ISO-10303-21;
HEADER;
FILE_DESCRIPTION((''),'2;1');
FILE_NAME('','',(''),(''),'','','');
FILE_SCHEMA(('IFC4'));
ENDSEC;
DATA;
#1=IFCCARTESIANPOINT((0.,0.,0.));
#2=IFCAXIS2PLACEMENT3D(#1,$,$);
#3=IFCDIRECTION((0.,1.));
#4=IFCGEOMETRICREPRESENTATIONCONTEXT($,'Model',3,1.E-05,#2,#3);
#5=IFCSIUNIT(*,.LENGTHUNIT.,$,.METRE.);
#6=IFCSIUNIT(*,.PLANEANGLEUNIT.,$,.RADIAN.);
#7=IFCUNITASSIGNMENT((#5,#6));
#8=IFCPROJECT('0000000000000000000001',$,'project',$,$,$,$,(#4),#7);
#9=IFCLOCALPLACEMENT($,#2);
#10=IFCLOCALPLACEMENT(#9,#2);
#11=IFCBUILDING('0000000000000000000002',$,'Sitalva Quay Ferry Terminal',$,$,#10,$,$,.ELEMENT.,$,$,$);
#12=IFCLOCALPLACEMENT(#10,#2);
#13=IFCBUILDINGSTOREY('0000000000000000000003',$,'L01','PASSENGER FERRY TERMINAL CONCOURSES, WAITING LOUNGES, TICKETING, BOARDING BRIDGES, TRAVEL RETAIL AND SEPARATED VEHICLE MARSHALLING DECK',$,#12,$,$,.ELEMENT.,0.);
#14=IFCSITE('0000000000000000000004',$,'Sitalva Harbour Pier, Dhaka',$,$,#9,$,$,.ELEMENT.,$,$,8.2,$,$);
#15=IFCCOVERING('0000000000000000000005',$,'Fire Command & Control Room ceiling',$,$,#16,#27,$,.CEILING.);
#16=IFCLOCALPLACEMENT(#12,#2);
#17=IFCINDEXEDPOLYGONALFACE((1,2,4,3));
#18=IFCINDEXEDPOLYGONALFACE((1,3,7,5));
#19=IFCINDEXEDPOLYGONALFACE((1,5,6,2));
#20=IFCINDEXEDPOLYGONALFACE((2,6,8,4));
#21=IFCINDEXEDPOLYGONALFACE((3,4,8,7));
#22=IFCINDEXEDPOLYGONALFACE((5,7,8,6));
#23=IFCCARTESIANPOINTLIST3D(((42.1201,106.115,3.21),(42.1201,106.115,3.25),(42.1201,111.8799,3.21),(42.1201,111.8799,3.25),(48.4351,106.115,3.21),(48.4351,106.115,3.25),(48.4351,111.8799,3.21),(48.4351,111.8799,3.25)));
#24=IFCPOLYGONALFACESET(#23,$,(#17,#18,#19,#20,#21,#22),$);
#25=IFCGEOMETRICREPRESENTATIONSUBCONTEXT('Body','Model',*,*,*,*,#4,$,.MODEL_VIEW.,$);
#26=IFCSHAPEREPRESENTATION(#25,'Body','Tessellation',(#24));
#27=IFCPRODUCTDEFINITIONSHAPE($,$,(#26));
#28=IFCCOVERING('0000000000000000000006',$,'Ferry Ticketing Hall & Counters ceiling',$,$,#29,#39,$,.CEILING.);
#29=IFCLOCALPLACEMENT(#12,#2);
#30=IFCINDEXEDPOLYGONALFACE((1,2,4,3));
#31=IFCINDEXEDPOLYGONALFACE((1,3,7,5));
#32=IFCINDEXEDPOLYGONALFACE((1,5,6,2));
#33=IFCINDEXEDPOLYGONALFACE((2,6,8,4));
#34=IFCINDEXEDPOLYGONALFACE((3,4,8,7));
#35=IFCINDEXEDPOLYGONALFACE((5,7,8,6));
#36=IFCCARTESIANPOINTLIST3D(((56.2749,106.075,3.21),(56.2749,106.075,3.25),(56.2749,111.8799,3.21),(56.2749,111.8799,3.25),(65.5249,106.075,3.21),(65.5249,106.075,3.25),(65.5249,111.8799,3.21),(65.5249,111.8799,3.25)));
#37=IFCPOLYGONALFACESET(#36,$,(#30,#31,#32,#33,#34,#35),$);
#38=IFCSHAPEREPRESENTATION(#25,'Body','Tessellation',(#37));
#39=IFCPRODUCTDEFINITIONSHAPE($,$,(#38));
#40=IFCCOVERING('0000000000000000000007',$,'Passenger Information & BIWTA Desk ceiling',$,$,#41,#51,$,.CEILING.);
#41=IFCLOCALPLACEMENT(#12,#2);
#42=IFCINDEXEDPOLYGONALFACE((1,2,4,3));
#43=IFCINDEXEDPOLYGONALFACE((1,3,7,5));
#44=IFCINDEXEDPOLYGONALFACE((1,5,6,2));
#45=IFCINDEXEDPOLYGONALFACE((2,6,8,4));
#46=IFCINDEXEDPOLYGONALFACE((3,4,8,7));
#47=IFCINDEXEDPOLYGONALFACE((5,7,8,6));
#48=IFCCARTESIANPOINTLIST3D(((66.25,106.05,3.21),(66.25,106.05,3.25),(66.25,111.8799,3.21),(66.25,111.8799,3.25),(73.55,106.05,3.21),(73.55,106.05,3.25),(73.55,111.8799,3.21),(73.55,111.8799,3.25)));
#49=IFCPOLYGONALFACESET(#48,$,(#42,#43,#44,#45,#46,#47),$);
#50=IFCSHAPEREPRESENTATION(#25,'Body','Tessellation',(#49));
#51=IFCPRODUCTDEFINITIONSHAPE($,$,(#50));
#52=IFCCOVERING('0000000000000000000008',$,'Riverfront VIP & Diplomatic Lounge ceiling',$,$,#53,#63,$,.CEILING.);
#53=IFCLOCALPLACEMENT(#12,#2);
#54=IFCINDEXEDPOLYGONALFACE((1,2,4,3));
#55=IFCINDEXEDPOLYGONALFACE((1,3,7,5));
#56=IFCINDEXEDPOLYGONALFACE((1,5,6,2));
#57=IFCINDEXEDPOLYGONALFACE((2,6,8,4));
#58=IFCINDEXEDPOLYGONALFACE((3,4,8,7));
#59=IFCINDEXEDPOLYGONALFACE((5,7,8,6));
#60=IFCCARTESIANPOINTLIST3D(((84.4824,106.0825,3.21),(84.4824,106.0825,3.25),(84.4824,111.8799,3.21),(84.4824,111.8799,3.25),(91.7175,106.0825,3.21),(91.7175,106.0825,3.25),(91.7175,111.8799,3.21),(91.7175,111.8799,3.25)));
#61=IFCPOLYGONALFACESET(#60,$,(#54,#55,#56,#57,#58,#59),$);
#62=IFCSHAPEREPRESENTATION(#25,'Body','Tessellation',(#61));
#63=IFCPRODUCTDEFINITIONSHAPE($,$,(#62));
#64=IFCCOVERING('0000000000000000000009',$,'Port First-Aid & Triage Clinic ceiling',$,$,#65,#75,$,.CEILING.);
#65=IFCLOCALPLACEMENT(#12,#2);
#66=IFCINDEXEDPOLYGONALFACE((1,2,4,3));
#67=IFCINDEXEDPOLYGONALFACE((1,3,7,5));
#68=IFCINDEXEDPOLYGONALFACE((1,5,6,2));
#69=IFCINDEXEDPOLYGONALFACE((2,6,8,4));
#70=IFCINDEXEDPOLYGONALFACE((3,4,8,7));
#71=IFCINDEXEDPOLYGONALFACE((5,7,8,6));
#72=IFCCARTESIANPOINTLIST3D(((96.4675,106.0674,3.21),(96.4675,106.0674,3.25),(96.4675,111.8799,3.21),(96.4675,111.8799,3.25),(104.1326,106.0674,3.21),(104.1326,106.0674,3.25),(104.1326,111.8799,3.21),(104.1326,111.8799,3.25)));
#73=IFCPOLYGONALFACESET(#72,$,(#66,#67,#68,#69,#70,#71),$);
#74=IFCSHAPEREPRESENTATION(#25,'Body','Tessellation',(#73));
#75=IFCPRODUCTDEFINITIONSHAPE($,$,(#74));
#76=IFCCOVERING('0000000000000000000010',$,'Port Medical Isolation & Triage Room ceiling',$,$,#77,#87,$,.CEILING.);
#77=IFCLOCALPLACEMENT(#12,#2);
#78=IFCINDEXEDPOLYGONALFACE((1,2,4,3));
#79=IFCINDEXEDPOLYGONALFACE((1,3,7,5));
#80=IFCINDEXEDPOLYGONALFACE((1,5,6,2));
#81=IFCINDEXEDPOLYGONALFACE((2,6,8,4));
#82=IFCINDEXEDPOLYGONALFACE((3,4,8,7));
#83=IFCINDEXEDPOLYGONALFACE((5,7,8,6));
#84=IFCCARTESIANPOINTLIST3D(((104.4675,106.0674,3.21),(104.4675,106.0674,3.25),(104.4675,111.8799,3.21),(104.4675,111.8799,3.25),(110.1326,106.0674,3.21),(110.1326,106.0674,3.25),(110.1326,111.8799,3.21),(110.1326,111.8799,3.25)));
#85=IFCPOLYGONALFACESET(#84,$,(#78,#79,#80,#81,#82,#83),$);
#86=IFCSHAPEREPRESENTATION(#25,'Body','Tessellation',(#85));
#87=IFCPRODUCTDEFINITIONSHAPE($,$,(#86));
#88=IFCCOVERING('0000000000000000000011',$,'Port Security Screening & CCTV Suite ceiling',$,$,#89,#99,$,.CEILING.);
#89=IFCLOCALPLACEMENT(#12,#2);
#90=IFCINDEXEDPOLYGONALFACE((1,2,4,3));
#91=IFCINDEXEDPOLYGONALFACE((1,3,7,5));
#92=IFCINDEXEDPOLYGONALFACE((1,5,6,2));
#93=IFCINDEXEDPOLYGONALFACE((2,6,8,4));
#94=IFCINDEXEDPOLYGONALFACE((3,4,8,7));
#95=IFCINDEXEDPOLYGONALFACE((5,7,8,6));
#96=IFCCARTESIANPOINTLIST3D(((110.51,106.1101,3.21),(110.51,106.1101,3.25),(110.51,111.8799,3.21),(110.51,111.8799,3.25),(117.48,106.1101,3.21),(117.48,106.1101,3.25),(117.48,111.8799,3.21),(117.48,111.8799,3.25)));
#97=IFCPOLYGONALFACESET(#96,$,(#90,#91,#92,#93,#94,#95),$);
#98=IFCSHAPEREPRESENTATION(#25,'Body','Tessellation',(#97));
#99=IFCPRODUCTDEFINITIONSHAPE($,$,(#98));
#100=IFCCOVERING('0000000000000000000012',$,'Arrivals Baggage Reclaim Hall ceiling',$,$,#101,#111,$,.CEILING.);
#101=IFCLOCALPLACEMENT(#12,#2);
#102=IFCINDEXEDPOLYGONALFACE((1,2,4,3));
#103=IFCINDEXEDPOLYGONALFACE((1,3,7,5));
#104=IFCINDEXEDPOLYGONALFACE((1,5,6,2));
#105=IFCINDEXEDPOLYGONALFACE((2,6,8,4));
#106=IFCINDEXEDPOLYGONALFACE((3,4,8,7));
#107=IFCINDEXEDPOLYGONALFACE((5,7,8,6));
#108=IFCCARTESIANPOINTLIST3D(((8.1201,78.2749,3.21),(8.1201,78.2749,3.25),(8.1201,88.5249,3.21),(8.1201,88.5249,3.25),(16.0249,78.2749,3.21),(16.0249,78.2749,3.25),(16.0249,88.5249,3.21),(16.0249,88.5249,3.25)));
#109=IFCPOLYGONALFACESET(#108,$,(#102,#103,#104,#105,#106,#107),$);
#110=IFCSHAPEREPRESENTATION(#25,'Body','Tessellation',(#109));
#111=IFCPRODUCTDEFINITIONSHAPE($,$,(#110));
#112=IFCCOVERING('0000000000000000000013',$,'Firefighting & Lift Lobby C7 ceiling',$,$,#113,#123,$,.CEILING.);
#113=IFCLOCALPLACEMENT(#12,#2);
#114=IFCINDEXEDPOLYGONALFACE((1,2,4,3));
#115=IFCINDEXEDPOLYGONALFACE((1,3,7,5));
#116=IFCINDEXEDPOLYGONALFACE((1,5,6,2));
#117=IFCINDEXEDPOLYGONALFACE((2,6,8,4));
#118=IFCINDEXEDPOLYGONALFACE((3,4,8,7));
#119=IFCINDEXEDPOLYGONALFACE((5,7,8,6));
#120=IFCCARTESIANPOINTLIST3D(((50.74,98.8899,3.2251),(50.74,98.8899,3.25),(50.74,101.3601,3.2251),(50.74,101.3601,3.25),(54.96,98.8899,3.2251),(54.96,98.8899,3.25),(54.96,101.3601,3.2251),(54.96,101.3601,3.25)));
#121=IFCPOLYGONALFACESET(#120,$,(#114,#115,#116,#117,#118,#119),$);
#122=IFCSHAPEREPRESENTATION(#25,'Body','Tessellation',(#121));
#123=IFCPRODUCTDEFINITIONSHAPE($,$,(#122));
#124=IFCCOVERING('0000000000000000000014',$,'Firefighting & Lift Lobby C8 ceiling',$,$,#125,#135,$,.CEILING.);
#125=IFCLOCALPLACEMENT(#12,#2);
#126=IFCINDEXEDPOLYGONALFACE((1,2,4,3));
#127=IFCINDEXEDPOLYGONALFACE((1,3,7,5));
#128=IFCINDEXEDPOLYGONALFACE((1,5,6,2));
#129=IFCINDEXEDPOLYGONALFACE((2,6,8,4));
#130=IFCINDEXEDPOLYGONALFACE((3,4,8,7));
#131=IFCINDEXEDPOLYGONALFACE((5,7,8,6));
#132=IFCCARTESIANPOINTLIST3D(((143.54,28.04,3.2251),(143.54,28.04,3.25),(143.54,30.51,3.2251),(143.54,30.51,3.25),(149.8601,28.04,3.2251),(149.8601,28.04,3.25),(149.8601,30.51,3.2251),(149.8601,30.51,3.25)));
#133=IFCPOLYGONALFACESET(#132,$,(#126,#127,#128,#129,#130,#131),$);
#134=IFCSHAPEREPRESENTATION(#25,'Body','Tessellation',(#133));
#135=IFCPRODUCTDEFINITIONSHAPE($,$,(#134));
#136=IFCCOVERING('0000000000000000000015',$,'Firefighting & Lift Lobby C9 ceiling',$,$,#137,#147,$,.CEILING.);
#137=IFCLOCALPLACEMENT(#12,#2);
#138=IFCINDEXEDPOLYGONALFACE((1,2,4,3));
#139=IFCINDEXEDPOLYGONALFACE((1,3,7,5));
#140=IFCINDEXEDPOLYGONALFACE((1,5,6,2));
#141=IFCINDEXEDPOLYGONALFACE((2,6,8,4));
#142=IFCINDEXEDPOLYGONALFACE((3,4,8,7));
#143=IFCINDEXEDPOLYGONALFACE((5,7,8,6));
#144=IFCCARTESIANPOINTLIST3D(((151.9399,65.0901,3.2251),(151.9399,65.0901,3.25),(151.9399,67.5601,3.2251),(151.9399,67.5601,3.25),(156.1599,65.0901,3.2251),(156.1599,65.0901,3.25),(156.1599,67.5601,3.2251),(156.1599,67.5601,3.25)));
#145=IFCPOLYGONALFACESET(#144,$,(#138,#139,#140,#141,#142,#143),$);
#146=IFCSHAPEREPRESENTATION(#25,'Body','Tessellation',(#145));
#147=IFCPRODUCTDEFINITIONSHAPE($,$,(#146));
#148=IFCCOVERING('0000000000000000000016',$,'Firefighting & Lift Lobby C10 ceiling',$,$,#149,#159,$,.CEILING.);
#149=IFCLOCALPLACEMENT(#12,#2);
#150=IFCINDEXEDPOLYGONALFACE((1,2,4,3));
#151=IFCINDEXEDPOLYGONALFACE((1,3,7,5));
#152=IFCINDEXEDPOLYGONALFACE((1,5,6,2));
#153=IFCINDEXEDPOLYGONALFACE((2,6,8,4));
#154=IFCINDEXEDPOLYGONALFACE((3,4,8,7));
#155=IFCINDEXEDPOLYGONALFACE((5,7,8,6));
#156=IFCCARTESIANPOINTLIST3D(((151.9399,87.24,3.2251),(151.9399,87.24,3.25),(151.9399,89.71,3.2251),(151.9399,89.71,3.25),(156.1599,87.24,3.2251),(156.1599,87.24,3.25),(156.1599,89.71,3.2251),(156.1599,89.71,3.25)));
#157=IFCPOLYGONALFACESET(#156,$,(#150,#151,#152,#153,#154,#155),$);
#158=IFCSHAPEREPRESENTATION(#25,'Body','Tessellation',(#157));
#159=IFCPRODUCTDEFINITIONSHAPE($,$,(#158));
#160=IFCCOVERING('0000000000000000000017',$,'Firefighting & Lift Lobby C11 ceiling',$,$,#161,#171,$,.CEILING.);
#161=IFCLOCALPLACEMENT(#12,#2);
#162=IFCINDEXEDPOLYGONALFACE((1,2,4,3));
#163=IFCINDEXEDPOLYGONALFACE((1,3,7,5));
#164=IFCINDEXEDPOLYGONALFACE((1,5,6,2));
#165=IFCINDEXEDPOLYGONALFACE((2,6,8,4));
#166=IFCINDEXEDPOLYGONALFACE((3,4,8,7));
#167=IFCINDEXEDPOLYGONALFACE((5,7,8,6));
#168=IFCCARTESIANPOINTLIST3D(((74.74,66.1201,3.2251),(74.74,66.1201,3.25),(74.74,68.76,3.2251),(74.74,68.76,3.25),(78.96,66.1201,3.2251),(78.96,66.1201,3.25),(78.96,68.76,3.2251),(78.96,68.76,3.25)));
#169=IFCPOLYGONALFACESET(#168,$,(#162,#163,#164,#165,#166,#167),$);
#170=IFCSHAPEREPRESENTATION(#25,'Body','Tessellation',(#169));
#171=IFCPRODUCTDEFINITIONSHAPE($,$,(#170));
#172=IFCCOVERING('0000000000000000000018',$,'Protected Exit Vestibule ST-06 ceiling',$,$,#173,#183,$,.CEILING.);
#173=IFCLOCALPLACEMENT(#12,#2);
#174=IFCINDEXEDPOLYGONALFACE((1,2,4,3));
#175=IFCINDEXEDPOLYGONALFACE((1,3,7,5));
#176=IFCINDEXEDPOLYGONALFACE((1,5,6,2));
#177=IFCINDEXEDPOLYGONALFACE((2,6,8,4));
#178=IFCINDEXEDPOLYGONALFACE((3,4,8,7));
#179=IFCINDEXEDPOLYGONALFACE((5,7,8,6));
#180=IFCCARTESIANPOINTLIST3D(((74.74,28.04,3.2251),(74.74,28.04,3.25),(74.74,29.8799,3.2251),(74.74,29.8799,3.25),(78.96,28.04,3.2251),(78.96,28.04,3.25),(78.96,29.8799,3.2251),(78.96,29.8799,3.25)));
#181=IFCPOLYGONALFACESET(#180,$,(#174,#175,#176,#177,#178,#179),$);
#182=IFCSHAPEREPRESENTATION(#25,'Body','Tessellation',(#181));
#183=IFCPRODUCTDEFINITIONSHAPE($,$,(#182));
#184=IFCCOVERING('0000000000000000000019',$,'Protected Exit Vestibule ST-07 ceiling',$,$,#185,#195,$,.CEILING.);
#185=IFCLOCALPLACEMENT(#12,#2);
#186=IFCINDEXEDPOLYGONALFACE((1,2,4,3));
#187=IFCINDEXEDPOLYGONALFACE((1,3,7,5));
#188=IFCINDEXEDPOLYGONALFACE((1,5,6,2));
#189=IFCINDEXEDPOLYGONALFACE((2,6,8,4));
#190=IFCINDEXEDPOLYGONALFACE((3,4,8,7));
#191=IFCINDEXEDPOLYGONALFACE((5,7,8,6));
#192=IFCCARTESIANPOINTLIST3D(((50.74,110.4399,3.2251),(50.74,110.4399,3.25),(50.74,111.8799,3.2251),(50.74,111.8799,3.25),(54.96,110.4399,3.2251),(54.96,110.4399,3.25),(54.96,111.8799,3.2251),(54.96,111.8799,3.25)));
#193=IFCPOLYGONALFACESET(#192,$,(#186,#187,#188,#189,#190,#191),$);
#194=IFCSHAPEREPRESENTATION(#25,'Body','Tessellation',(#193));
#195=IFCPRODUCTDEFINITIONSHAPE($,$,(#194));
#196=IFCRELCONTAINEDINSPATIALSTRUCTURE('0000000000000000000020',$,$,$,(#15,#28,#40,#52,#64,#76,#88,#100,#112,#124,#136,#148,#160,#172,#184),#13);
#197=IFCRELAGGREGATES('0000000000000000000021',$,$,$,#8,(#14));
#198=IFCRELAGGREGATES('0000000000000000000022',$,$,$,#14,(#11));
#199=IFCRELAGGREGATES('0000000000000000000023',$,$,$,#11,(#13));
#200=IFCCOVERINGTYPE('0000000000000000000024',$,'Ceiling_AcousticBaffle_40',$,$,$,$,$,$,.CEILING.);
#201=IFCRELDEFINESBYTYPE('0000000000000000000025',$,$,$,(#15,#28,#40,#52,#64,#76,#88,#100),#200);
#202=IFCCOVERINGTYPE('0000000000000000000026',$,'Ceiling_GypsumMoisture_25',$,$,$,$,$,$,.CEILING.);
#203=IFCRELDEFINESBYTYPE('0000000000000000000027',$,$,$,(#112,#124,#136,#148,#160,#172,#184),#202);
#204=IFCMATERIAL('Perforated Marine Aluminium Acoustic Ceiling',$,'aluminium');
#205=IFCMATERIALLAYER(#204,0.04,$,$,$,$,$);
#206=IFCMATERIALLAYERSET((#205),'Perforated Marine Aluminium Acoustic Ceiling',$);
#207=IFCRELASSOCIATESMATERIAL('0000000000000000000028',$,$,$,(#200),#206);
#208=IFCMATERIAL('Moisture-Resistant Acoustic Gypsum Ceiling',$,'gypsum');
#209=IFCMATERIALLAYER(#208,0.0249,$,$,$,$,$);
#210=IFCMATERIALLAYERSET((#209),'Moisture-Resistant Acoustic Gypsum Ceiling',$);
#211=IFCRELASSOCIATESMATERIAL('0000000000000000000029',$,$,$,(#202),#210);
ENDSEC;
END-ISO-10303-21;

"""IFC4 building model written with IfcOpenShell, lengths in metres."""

from ifc_helpers import new_model, si_unit, direction, frame, origin, place, context, subcontext, project, spatial, polyline, outline, extrude, material, layer, layer_set, type_object, element, save


model = new_model("IFC4")

# Units and contexts
model_context = context("Model", 3, precision=1e-05, world=origin(), true_north=direction((0.0, 1.0)))
body_context = subcontext(model_context, "Body", "Model", "MODEL_VIEW")
ifc_project = project(units=[si_unit("LENGTHUNIT", "METRE"), si_unit("PLANEANGLEUNIT", "RADIAN")], contexts=[model_context])

# Site, building, storey
site_placement = place(None, origin())
site = spatial("IfcSite", under=ifc_project, at=site_placement, Name="Sitalva Harbour Pier, Dhaka", CompositionType="ELEMENT", RefElevation=8.2)
building_placement = place(site_placement, origin())
building = spatial("IfcBuilding", under=site, at=building_placement, Name="Sitalva Quay Ferry Terminal", CompositionType="ELEMENT")
storey_placement = place(building_placement, origin())
storey = spatial("IfcBuildingStorey", under=building, at=storey_placement, Name="L01", Description="PASSENGER FERRY TERMINAL CONCOURSES, WAITING LOUNGES, TICKETING, BOARDING BRIDGES, TRAVEL RETAIL AND SEPARATED VEHICLE MARSHALLING DECK", CompositionType="ELEMENT", Elevation=0.0)

# Coverings
ifc_material_1 = material(Name="Perforated Marine Aluminium Acoustic Ceiling", Category="aluminium")
ifc_layer_1 = layer(ifc_material_1, 0.04)
ifc_layer_set_1 = layer_set([ifc_layer_1], Name="Perforated Marine Aluminium Acoustic Ceiling")
covering_type_1 = type_object("IfcCoveringType", Name="Ceiling_AcousticBaffle_40", PredefinedType="CEILING", material=ifc_layer_set_1)
covering_1_placement = place(storey_placement, frame((0.0, 0.0, 3.21)))
element("IfcCovering", 1, at=covering_1_placement, inside=storey, type_object=covering_type_1, Name="Fire Command & Control Room ceiling", PredefinedType="CEILING", context=body_context, shape_type="SweptSolid", body=[
    extrude(outline(polyline([(42.1201, 106.115), (48.4351, 106.115), (48.4351, 111.8799), (42.1201, 111.8799), (42.1201, 106.115)])), origin(), (0.0, 0.0, 1.0), 0.04),
])
covering_2_placement = place(storey_placement, frame((0.0, 0.0, 3.21)))
element("IfcCovering", 2, at=covering_2_placement, inside=storey, type_object=covering_type_1, Name="Ferry Ticketing Hall & Counters ceiling", PredefinedType="CEILING", context=body_context, shape_type="SweptSolid", body=[
    extrude(outline(polyline([(56.2749, 106.075), (65.5249, 106.075), (65.5249, 111.8799), (56.2749, 111.8799), (56.2749, 106.075)])), origin(), (0.0, 0.0, 1.0), 0.04),
])
covering_3_placement = place(storey_placement, frame((0.0, 0.0, 3.21)))
element("IfcCovering", 3, at=covering_3_placement, inside=storey, type_object=covering_type_1, Name="Passenger Information & BIWTA Desk ceiling", PredefinedType="CEILING", context=body_context, shape_type="SweptSolid", body=[
    extrude(outline(polyline([(66.25, 106.05), (73.55, 106.05), (73.55, 111.8799), (66.25, 111.8799), (66.25, 106.05)])), origin(), (0.0, 0.0, 1.0), 0.04),
])
covering_4_placement = place(storey_placement, frame((0.0, 0.0, 3.21)))
element("IfcCovering", 4, at=covering_4_placement, inside=storey, type_object=covering_type_1, Name="Riverfront VIP & Diplomatic Lounge ceiling", PredefinedType="CEILING", context=body_context, shape_type="SweptSolid", body=[
    extrude(outline(polyline([(84.4824, 106.0825), (91.7175, 106.0825), (91.7175, 111.8799), (84.4824, 111.8799), (84.4824, 106.0825)])), origin(), (0.0, 0.0, 1.0), 0.04),
])
covering_5_placement = place(storey_placement, frame((0.0, 0.0, 3.21)))
element("IfcCovering", 5, at=covering_5_placement, inside=storey, type_object=covering_type_1, Name="Port First-Aid & Triage Clinic ceiling", PredefinedType="CEILING", context=body_context, shape_type="SweptSolid", body=[
    extrude(outline(polyline([(96.4675, 106.0674), (104.1326, 106.0674), (104.1326, 111.8799), (96.4675, 111.8799), (96.4675, 106.0674)])), origin(), (0.0, 0.0, 1.0), 0.04),
])
covering_6_placement = place(storey_placement, frame((0.0, 0.0, 3.21)))
element("IfcCovering", 6, at=covering_6_placement, inside=storey, type_object=covering_type_1, Name="Port Medical Isolation & Triage Room ceiling", PredefinedType="CEILING", context=body_context, shape_type="SweptSolid", body=[
    extrude(outline(polyline([(104.4675, 106.0674), (110.1326, 106.0674), (110.1326, 111.8799), (104.4675, 111.8799), (104.4675, 106.0674)])), origin(), (0.0, 0.0, 1.0), 0.04),
])
covering_7_placement = place(storey_placement, frame((0.0, 0.0, 3.21)))
element("IfcCovering", 7, at=covering_7_placement, inside=storey, type_object=covering_type_1, Name="Port Security Screening & CCTV Suite ceiling", PredefinedType="CEILING", context=body_context, shape_type="SweptSolid", body=[
    extrude(outline(polyline([(110.51, 106.1101), (117.48, 106.1101), (117.48, 111.8799), (110.51, 111.8799), (110.51, 106.1101)])), origin(), (0.0, 0.0, 1.0), 0.04),
])
covering_8_placement = place(storey_placement, frame((0.0, 0.0, 3.21)))
element("IfcCovering", 8, at=covering_8_placement, inside=storey, type_object=covering_type_1, Name="Arrivals Baggage Reclaim Hall ceiling", PredefinedType="CEILING", context=body_context, shape_type="SweptSolid", body=[
    extrude(outline(polyline([(8.1201, 78.2749), (16.0249, 78.2749), (16.0249, 88.5249), (8.1201, 88.5249), (8.1201, 78.2749)])), origin(), (0.0, 0.0, 1.0), 0.04),
])
ifc_material_2 = material(Name="Moisture-Resistant Acoustic Gypsum Ceiling", Category="gypsum")
ifc_layer_2 = layer(ifc_material_2, 0.0249)
ifc_layer_set_2 = layer_set([ifc_layer_2], Name="Moisture-Resistant Acoustic Gypsum Ceiling")
covering_type_2 = type_object("IfcCoveringType", Name="Ceiling_GypsumMoisture_25", PredefinedType="CEILING", material=ifc_layer_set_2)
covering_9_placement = place(storey_placement, frame((0.0, 0.0, 3.2251)))
element("IfcCovering", 9, at=covering_9_placement, inside=storey, type_object=covering_type_2, Name="Firefighting & Lift Lobby C7 ceiling", PredefinedType="CEILING", context=body_context, shape_type="SweptSolid", body=[
    extrude(outline(polyline([(50.74, 98.8899), (54.96, 98.8899), (54.96, 101.3601), (50.74, 101.3601), (50.74, 98.8899)])), origin(), (0.0, 0.0, 1.0), 0.0249),
])
covering_10_placement = place(storey_placement, frame((0.0, 0.0, 3.2251)))
element("IfcCovering", 10, at=covering_10_placement, inside=storey, type_object=covering_type_2, Name="Firefighting & Lift Lobby C8 ceiling", PredefinedType="CEILING", context=body_context, shape_type="SweptSolid", body=[
    extrude(outline(polyline([(143.54, 28.04), (149.8601, 28.04), (149.8601, 30.51), (143.54, 30.51), (143.54, 28.04)])), origin(), (0.0, 0.0, 1.0), 0.0249),
])
covering_11_placement = place(storey_placement, frame((0.0, 0.0, 3.2251)))
element("IfcCovering", 11, at=covering_11_placement, inside=storey, type_object=covering_type_2, Name="Firefighting & Lift Lobby C9 ceiling", PredefinedType="CEILING", context=body_context, shape_type="SweptSolid", body=[
    extrude(outline(polyline([(151.9399, 65.0901), (156.1599, 65.0901), (156.1599, 67.5601), (151.9399, 67.5601), (151.9399, 65.0901)])), origin(), (0.0, 0.0, 1.0), 0.0249),
])
covering_12_placement = place(storey_placement, frame((0.0, 0.0, 3.2251)))
element("IfcCovering", 12, at=covering_12_placement, inside=storey, type_object=covering_type_2, Name="Firefighting & Lift Lobby C10 ceiling", PredefinedType="CEILING", context=body_context, shape_type="SweptSolid", body=[
    extrude(outline(polyline([(151.9399, 87.24), (156.1599, 87.24), (156.1599, 89.71), (151.9399, 89.71), (151.9399, 87.24)])), origin(), (0.0, 0.0, 1.0), 0.0249),
])
covering_13_placement = place(storey_placement, frame((0.0, 0.0, 3.2251)))
element("IfcCovering", 13, at=covering_13_placement, inside=storey, type_object=covering_type_2, Name="Firefighting & Lift Lobby C11 ceiling", PredefinedType="CEILING", context=body_context, shape_type="SweptSolid", body=[
    extrude(outline(polyline([(74.74, 66.1201), (78.96, 66.1201), (78.96, 68.76), (74.74, 68.76), (74.74, 66.1201)])), origin(), (0.0, 0.0, 1.0), 0.0249),
])
covering_14_placement = place(storey_placement, frame((0.0, 0.0, 3.2251)))
element("IfcCovering", 14, at=covering_14_placement, inside=storey, type_object=covering_type_2, Name="Protected Exit Vestibule ST-06 ceiling", PredefinedType="CEILING", context=body_context, shape_type="SweptSolid", body=[
    extrude(outline(polyline([(74.74, 28.04), (78.96, 28.04), (78.96, 29.8799), (74.74, 29.8799), (74.74, 28.04)])), origin(), (0.0, 0.0, 1.0), 0.0249),
])
covering_15_placement = place(storey_placement, frame((0.0, 0.0, 3.2251)))
element("IfcCovering", 15, at=covering_15_placement, inside=storey, type_object=covering_type_2, Name="Protected Exit Vestibule ST-07 ceiling", PredefinedType="CEILING", context=body_context, shape_type="SweptSolid", body=[
    extrude(outline(polyline([(50.74, 110.4399), (54.96, 110.4399), (54.96, 111.8799), (50.74, 111.8799), (50.74, 110.4399)])), origin(), (0.0, 0.0, 1.0), 0.0249),
])

save(model, "model.ifc")
